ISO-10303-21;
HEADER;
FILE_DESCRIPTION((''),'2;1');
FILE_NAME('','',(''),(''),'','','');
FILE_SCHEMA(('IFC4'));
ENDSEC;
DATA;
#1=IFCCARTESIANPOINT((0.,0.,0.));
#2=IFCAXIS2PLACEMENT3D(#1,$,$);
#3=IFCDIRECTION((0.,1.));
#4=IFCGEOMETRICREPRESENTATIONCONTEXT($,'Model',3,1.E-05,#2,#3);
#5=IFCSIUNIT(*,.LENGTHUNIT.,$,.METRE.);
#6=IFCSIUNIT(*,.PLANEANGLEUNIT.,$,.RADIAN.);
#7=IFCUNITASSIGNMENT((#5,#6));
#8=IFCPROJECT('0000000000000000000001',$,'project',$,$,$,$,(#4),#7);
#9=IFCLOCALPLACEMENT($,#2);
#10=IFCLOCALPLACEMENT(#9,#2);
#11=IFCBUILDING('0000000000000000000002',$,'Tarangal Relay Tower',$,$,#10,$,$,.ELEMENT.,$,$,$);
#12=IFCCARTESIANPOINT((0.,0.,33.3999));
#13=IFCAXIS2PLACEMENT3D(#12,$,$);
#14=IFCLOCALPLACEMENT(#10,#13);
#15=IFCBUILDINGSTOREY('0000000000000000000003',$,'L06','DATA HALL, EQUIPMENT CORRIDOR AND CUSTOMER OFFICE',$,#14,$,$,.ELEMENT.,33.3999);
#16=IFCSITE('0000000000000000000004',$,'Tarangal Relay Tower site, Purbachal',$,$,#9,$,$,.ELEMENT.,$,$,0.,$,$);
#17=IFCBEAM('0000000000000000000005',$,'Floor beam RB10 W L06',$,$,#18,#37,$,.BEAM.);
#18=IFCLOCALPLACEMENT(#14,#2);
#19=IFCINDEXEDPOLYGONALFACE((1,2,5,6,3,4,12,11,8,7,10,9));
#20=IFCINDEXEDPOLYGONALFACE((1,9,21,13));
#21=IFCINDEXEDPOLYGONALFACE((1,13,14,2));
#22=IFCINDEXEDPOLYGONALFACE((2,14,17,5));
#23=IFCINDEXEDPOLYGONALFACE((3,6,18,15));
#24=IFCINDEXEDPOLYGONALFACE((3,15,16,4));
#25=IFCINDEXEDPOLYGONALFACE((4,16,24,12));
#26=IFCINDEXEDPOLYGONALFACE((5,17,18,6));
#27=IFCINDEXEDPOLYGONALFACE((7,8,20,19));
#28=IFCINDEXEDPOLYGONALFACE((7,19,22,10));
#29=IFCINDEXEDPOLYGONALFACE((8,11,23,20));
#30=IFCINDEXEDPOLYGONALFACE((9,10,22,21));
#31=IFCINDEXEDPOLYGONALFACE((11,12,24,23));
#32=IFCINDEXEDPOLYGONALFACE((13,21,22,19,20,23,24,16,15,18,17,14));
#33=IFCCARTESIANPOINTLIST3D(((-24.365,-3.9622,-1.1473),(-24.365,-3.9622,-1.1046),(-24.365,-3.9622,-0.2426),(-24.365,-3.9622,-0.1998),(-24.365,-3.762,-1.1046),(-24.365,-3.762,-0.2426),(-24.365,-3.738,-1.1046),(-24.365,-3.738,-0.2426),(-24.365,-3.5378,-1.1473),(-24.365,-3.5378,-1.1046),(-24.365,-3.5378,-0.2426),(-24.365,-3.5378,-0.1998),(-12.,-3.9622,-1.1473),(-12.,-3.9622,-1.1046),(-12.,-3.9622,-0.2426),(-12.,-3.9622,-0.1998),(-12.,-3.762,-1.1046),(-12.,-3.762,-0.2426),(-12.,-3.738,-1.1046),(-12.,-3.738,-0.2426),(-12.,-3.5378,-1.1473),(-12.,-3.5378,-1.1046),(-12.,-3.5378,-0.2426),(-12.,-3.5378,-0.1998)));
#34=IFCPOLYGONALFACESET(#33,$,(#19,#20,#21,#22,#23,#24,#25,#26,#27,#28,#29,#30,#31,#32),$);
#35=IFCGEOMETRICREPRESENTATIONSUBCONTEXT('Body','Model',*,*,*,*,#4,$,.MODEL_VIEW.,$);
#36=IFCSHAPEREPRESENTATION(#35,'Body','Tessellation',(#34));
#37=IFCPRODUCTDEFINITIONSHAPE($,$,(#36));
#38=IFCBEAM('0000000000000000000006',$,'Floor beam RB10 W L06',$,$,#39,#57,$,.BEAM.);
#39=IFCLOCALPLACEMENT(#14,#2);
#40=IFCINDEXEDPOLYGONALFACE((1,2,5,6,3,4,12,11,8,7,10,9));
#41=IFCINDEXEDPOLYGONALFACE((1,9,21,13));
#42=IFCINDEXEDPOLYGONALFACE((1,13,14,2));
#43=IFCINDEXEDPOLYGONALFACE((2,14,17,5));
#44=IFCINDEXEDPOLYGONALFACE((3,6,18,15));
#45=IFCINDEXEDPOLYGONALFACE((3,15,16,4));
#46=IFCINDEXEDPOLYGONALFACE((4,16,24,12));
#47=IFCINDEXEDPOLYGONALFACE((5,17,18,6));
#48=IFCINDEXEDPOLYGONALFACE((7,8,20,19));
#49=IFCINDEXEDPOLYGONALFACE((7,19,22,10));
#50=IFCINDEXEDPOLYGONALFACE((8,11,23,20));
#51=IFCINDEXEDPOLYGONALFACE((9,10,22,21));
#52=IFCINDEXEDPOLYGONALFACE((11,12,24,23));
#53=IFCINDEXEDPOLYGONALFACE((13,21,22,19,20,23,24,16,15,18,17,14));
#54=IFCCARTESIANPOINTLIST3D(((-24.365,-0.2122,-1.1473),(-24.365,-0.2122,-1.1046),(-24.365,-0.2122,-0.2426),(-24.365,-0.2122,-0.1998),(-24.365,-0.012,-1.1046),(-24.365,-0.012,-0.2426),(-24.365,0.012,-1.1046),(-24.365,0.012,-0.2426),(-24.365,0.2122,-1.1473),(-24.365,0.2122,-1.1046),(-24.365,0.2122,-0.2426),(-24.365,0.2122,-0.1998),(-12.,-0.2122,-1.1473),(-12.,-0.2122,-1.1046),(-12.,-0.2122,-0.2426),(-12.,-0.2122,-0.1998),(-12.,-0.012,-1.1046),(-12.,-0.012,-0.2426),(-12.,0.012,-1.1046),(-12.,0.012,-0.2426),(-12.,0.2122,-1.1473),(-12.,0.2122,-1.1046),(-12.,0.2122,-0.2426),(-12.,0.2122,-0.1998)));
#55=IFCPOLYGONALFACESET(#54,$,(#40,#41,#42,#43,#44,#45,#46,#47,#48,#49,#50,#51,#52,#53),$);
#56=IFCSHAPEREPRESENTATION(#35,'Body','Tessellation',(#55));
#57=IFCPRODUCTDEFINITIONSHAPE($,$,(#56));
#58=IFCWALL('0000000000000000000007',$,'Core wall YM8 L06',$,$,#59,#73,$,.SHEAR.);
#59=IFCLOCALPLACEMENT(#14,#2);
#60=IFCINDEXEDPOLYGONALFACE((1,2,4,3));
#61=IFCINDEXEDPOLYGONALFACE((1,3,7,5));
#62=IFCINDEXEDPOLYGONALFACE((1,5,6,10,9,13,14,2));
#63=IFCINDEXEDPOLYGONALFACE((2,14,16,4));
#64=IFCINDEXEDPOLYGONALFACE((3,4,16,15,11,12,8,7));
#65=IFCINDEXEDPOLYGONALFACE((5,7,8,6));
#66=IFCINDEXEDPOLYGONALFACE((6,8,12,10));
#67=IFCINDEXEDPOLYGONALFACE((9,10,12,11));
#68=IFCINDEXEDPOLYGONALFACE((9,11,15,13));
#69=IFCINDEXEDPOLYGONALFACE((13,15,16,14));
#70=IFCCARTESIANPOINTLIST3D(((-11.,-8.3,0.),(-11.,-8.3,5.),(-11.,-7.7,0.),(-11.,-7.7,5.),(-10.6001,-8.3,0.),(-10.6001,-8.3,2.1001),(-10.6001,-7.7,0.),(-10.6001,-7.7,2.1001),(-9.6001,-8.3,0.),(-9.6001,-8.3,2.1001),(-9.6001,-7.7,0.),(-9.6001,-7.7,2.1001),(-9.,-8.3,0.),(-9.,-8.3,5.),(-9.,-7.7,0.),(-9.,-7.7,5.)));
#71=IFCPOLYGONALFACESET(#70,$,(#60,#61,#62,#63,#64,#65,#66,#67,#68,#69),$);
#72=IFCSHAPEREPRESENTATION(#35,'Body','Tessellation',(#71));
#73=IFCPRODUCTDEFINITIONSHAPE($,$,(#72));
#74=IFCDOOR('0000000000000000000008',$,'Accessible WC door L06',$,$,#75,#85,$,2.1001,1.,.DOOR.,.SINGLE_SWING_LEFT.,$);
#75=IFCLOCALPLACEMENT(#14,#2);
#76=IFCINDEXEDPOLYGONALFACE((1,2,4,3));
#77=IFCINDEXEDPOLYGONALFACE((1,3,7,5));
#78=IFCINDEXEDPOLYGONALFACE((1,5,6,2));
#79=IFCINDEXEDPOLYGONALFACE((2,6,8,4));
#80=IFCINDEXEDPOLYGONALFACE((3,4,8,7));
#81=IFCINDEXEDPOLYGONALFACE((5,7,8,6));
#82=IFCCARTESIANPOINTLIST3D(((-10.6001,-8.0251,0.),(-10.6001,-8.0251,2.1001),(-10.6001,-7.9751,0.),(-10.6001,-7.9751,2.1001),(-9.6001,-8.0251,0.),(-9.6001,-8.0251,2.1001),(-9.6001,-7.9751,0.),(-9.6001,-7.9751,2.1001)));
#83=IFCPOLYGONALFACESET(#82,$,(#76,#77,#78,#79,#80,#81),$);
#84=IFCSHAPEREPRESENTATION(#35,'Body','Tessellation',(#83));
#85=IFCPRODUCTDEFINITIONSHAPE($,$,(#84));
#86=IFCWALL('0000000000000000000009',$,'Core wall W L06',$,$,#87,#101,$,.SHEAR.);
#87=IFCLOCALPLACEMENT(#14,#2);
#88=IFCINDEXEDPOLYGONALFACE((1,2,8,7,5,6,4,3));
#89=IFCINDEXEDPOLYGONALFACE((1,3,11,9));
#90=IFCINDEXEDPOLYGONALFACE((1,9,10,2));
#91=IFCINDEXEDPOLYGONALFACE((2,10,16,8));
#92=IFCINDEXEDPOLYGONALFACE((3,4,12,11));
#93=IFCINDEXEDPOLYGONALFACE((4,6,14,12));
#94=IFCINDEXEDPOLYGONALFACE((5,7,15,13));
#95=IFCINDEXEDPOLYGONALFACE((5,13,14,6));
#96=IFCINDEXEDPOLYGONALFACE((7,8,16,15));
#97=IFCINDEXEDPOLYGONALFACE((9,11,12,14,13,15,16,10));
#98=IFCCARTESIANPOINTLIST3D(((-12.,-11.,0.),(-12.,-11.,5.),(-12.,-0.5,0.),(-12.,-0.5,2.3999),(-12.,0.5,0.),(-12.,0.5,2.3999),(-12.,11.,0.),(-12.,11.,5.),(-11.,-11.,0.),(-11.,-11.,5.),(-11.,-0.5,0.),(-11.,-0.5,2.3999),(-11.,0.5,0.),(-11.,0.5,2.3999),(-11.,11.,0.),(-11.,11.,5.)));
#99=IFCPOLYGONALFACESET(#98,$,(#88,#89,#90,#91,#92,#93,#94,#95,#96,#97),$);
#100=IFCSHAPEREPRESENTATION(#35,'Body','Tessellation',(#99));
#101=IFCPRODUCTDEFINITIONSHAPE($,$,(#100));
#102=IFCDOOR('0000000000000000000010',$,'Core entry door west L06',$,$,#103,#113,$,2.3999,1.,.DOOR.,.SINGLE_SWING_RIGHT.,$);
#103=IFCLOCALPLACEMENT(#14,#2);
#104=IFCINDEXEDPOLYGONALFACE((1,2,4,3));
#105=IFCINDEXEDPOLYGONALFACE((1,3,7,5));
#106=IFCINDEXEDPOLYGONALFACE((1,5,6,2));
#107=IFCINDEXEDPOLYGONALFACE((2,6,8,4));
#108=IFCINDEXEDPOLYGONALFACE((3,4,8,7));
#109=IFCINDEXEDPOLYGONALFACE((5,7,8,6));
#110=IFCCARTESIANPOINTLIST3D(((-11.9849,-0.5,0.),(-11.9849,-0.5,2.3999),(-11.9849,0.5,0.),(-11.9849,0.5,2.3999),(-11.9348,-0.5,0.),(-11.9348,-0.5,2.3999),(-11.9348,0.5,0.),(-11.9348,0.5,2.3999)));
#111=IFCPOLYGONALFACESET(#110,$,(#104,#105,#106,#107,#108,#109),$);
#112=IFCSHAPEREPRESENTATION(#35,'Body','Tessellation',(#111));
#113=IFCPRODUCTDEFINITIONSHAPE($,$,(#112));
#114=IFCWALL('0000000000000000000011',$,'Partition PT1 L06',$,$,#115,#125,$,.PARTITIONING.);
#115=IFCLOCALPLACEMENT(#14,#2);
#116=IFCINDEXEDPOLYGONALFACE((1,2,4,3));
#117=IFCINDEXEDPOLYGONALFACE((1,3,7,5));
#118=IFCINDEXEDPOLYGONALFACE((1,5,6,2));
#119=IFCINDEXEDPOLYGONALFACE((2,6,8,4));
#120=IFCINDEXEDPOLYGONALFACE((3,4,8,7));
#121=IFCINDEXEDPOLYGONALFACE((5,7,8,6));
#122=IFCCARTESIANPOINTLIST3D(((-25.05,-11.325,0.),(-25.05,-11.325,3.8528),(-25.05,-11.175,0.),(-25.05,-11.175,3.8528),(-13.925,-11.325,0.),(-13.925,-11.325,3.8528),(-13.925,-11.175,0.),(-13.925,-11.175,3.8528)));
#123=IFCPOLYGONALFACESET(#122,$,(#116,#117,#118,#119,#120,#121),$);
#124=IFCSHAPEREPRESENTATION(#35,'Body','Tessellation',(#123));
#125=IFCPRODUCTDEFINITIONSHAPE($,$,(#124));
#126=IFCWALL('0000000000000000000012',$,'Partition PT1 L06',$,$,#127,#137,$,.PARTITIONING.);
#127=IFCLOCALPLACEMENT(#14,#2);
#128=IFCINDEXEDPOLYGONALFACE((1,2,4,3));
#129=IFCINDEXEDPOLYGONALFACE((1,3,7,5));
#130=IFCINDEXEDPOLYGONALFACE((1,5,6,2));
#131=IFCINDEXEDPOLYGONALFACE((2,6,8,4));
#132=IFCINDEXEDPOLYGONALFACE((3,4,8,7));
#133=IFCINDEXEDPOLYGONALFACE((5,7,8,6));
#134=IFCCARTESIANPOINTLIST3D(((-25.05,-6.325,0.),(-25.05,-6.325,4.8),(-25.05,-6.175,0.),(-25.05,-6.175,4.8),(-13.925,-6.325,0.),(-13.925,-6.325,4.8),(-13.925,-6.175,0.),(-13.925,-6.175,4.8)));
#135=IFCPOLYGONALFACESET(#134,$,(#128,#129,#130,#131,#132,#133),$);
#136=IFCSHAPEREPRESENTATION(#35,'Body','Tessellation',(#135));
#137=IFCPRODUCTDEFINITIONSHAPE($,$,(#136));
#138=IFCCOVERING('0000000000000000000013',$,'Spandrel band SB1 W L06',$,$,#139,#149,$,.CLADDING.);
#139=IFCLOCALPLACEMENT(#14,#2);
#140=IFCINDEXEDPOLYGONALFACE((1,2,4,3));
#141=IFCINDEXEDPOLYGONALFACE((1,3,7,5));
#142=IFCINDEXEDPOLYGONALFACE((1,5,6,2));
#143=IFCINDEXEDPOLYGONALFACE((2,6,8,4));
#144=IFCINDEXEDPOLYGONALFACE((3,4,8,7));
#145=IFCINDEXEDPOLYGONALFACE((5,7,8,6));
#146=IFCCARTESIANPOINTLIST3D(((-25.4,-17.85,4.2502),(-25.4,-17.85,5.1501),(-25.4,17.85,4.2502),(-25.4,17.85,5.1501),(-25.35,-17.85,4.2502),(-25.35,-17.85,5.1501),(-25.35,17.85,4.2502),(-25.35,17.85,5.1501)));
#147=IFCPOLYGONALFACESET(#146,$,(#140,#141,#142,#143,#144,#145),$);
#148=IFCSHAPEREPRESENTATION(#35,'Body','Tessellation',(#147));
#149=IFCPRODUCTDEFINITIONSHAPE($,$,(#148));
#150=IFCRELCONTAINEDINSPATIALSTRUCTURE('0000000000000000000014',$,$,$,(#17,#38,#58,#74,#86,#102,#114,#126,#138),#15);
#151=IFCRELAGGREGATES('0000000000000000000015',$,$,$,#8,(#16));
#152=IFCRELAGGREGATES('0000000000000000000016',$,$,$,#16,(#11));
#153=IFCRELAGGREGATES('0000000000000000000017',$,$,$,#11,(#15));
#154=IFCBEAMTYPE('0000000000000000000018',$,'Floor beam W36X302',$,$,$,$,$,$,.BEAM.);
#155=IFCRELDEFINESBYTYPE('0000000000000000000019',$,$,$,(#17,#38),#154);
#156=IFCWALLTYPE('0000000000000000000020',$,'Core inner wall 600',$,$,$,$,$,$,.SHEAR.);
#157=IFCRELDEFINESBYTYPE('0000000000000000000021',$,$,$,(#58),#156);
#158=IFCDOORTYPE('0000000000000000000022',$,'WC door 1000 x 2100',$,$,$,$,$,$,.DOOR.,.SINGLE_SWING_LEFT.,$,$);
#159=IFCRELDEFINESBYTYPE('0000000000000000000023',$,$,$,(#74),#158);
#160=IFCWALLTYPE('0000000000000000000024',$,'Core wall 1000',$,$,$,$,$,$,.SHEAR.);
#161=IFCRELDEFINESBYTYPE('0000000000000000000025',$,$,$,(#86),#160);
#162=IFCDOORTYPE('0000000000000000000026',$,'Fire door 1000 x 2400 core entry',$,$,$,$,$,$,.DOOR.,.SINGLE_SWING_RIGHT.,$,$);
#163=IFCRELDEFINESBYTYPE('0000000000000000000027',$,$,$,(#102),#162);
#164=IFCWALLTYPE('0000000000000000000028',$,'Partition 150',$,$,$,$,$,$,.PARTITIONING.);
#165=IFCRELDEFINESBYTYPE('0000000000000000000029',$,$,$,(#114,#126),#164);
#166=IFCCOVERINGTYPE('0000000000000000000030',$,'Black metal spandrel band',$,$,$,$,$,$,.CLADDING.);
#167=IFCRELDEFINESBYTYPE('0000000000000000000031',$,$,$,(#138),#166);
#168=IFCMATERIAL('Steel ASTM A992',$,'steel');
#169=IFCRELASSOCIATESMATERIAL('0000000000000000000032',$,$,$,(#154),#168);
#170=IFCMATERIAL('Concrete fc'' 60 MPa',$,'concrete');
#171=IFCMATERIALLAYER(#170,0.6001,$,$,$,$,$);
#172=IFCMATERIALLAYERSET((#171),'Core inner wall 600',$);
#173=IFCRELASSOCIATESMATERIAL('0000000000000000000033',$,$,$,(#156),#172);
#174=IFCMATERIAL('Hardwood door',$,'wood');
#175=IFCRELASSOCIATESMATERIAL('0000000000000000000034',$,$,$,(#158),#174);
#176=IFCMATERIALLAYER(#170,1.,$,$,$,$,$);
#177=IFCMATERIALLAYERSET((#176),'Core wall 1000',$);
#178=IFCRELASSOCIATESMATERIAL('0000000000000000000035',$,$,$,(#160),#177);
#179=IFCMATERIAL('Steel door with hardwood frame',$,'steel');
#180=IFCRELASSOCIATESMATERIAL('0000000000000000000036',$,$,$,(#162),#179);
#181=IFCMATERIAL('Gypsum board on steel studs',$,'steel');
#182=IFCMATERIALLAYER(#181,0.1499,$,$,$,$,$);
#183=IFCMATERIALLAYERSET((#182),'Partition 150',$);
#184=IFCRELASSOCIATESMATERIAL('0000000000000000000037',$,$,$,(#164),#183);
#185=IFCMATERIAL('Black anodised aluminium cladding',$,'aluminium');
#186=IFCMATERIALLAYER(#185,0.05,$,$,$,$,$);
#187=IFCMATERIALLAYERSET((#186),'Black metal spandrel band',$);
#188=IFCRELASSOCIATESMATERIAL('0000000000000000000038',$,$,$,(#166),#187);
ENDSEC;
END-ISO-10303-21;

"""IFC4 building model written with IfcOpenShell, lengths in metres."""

from ifc_helpers import new_model, si_unit, direction, frame, frame_2d, origin, origin_2d, place, context, subcontext, project, spatial, rectangle, i_section, extrude, material, layer, layer_set, material_profile, profile_set, type_object, element, fill, save


model = new_model("IFC4")

# Units and contexts
model_context = context("Model", 3, precision=1e-05, world=origin(), true_north=direction((0.0, 1.0)))
body_context = subcontext(model_context, "Body", "Model", "MODEL_VIEW")
ifc_project = project(units=[si_unit("LENGTHUNIT", "METRE"), si_unit("PLANEANGLEUNIT", "RADIAN")], contexts=[model_context])

# Site, building, storey
site_placement = place(None, origin())
site = spatial("IfcSite", under=ifc_project, at=site_placement, Name="Tarangal Relay Tower site, Purbachal", CompositionType="ELEMENT", RefElevation=0.0)
building_placement = place(site_placement, origin())
building = spatial("IfcBuilding", under=site, at=building_placement, Name="Tarangal Relay Tower", CompositionType="ELEMENT")
storey_placement = place(building_placement, frame((0.0, 0.0, 33.3999)))
storey = spatial("IfcBuildingStorey", under=building, at=storey_placement, Name="L06", Description="DATA HALL, EQUIPMENT CORRIDOR AND CUSTOMER OFFICE", CompositionType="ELEMENT", Elevation=33.3999)

# Beams
ifc_material_1 = material(Name="Steel ASTM A992", Category="steel")
ifc_material_profile_1 = material_profile(ifc_material_1, i_section(OverallWidth=0.4243, OverallDepth=0.9475, WebThickness=0.0239, FlangeThickness=0.0427, at=origin_2d()), Name="W36X302")
ifc_profile_set_1 = profile_set([ifc_material_profile_1], Name="Steel ASTM A992")
beam_type_1 = type_object("IfcBeamType", Name="Floor beam W36X302", PredefinedType="BEAM", material=ifc_profile_set_1)
for number, where, z_axis, x_axis, name in (
    (1, (-12.0, -3.75, -0.6736), (-1.0, 0.0, 0.0), (0.0, -1.0, 0.0), "Floor beam RB10 W L06"),
    (2, (-12.0, 0.0, -0.6736), (-1.0, 0.0, 0.0), (0.0, -1.0, 0.0), "Floor beam RB10 W L06"),
):
    element("IfcBeam", number, at=place(storey_placement, frame(where, z_axis=z_axis, x_axis=x_axis)), inside=storey, type_object=beam_type_1, Name=name, PredefinedType="BEAM", context=body_context, shape_type="SweptSolid", body=[
        extrude(i_section(OverallWidth=0.4243, OverallDepth=0.9475, WebThickness=0.0239, FlangeThickness=0.0427, at=origin_2d()), origin(), (0.0, 0.0, 1.0), 12.365),
    ])

# Walls, openings, doors
ifc_material_2 = material(Name="Concrete fc' 60 MPa", Category="concrete")
ifc_layer_1 = layer(ifc_material_2, 0.6001)
ifc_layer_set_1 = layer_set([ifc_layer_1], Name="Core inner wall 600")
wall_type_1 = type_object("IfcWallType", Name="Core inner wall 600", PredefinedType="SHEAR", material=ifc_layer_set_1)
wall_1_placement = place(storey_placement, frame((-11.0, -8.0, 0.0), z_axis=(0.0, 0.0, 1.0), x_axis=(1.0, 0.0, 0.0)))
wall_1 = element("IfcWall", 3, at=wall_1_placement, inside=storey, type_object=wall_type_1, Name="Core wall YM8 L06", PredefinedType="SHEAR", context=body_context, shape_type="SweptSolid", body=[
    extrude(rectangle(XDim=2.0, YDim=0.6001, at=frame_2d((1.0, 0.0))), origin(), (0.0, 0.0, 1.0), 5.0),
])
opening_1_placement = place(wall_1_placement, frame((0.3999, 0.0, 0.0)))
opening_1 = element("IfcOpeningElement", 4, at=opening_1_placement, cuts=wall_1, PredefinedType="OPENING", context=body_context, shape_type="SweptSolid", body=[
    extrude(rectangle(XDim=1.0, YDim=2.1001, at=frame_2d((0.5, 1.05))), frame((0.0, 0.3101, 0.0), z_axis=(0.0, -1.0, 0.0), x_axis=(1.0, 0.0, 0.0)), (0.0, 0.0, 1.0), 0.6201),
])
ifc_material_3 = material(Name="Hardwood door", Category="wood")
door_type_1 = type_object("IfcDoorType", Name="WC door 1000 x 2100", OperationType="SINGLE_SWING_LEFT", PredefinedType="DOOR", material=ifc_material_3)
door_1_placement = place(opening_1_placement, origin())
door_1 = element("IfcDoor", 5, at=door_1_placement, inside=storey, type_object=door_type_1, Name="Accessible WC door L06", OperationType="SINGLE_SWING_LEFT", OverallHeight=2.1001, OverallWidth=1.0, PredefinedType="DOOR", context=body_context, shape_type="SweptSolid", body=[
    extrude(rectangle(XDim=1.0, YDim=2.1001, at=frame_2d((0.5, 1.05))), frame((0.0, 0.0249, 0.0), z_axis=(0.0, -1.0, 0.0), x_axis=(1.0, 0.0, 0.0)), (0.0, 0.0, 1.0), 0.05),
])
fill(opening_1, door_1)
ifc_layer_2 = layer(ifc_material_2, 1.0)
ifc_layer_set_2 = layer_set([ifc_layer_2], Name="Core wall 1000")
wall_type_2 = type_object("IfcWallType", Name="Core wall 1000", PredefinedType="SHEAR", material=ifc_layer_set_2)
wall_2_placement = place(storey_placement, frame((-11.5, -11.0, 0.0), z_axis=(0.0, 0.0, 1.0), x_axis=(0.0, 1.0, 0.0)))
wall_2 = element("IfcWall", 6, at=wall_2_placement, inside=storey, type_object=wall_type_2, Name="Core wall W L06", PredefinedType="SHEAR", context=body_context, shape_type="SweptSolid", body=[
    extrude(rectangle(XDim=22.0, YDim=1.0, at=frame_2d((11.0, 0.0))), origin(), (0.0, 0.0, 1.0), 5.0),
])
opening_2_placement = place(wall_2_placement, frame((10.5, 0.0, 0.0)))
opening_2 = element("IfcOpeningElement", 7, at=opening_2_placement, cuts=wall_2, PredefinedType="OPENING", context=body_context, shape_type="SweptSolid", body=[
    extrude(rectangle(XDim=1.0, YDim=2.3999, at=frame_2d((0.5, 1.2))), frame((0.0, 0.51, 0.0), z_axis=(0.0, -1.0, 0.0), x_axis=(1.0, 0.0, 0.0)), (0.0, 0.0, 1.0), 1.02),
])
ifc_material_4 = material(Name="Steel door with hardwood frame", Category="steel")
door_type_2 = type_object("IfcDoorType", Name="Fire door 1000 x 2400 core entry", OperationType="SINGLE_SWING_RIGHT", PredefinedType="DOOR", material=ifc_material_4)
door_2_placement = place(opening_2_placement, origin())
door_2 = element("IfcDoor", 8, at=door_2_placement, inside=storey, type_object=door_type_2, Name="Core entry door west L06", OperationType="SINGLE_SWING_RIGHT", OverallHeight=2.3999, OverallWidth=1.0, PredefinedType="DOOR", context=body_context, shape_type="SweptSolid", body=[
    extrude(rectangle(XDim=1.0, YDim=2.3999, at=frame_2d((0.5, 1.2))), frame((0.0, 0.4849, 0.0), z_axis=(0.0, -1.0, 0.0), x_axis=(1.0, 0.0, 0.0)), (0.0, 0.0, 1.0), 0.05),
])
fill(opening_2, door_2)

# Walls
ifc_material_5 = material(Name="Gypsum board on steel studs", Category="steel")
ifc_layer_3 = layer(ifc_material_5, 0.1499)
ifc_layer_set_3 = layer_set([ifc_layer_3], Name="Partition 150")
wall_type_3 = type_object("IfcWallType", Name="Partition 150", PredefinedType="PARTITIONING", material=ifc_layer_set_3)
wall_3_placement = place(storey_placement, frame((-25.05, -11.25, 0.0), z_axis=(0.0, 0.0, 1.0), x_axis=(1.0, 0.0, 0.0)))
element("IfcWall", 9, at=wall_3_placement, inside=storey, type_object=wall_type_3, Name="Partition PT1 L06", PredefinedType="PARTITIONING", context=body_context, shape_type="SweptSolid", body=[
    extrude(rectangle(XDim=11.125, YDim=0.1499, at=frame_2d((5.5625, 0.0))), origin(), (0.0, 0.0, 1.0), 3.8528),
])
wall_4_placement = place(storey_placement, frame((-25.05, -6.25, 0.0), z_axis=(0.0, 0.0, 1.0), x_axis=(1.0, 0.0, 0.0)))
element("IfcWall", 10, at=wall_4_placement, inside=storey, type_object=wall_type_3, Name="Partition PT1 L06", PredefinedType="PARTITIONING", context=body_context, shape_type="SweptSolid", body=[
    extrude(rectangle(XDim=11.125, YDim=0.1499, at=frame_2d((5.5625, 0.0))), origin(), (0.0, 0.0, 1.0), 4.8),
])

# Covering
ifc_material_6 = material(Name="Black anodised aluminium cladding", Category="aluminium")
ifc_layer_4 = layer(ifc_material_6, 0.05)
ifc_layer_set_4 = layer_set([ifc_layer_4], Name="Black metal spandrel band")
covering_type = type_object("IfcCoveringType", Name="Black metal spandrel band", PredefinedType="CLADDING", material=ifc_layer_set_4)
covering_placement = place(storey_placement, frame((-25.375, 0.0, 4.2502), z_axis=(0.0, 0.0, 1.0), x_axis=(0.0, 1.0, 0.0)))
element("IfcCovering", 11, at=covering_placement, inside=storey, type_object=covering_type, Name="Spandrel band SB1 W L06", PredefinedType="CLADDING", context=body_context, shape_type="SweptSolid", body=[
    extrude(rectangle(XDim=35.7, YDim=0.05, at=origin_2d()), origin(), (0.0, 0.0, 1.0), 0.8999),
])

save(model, "model.ifc")
